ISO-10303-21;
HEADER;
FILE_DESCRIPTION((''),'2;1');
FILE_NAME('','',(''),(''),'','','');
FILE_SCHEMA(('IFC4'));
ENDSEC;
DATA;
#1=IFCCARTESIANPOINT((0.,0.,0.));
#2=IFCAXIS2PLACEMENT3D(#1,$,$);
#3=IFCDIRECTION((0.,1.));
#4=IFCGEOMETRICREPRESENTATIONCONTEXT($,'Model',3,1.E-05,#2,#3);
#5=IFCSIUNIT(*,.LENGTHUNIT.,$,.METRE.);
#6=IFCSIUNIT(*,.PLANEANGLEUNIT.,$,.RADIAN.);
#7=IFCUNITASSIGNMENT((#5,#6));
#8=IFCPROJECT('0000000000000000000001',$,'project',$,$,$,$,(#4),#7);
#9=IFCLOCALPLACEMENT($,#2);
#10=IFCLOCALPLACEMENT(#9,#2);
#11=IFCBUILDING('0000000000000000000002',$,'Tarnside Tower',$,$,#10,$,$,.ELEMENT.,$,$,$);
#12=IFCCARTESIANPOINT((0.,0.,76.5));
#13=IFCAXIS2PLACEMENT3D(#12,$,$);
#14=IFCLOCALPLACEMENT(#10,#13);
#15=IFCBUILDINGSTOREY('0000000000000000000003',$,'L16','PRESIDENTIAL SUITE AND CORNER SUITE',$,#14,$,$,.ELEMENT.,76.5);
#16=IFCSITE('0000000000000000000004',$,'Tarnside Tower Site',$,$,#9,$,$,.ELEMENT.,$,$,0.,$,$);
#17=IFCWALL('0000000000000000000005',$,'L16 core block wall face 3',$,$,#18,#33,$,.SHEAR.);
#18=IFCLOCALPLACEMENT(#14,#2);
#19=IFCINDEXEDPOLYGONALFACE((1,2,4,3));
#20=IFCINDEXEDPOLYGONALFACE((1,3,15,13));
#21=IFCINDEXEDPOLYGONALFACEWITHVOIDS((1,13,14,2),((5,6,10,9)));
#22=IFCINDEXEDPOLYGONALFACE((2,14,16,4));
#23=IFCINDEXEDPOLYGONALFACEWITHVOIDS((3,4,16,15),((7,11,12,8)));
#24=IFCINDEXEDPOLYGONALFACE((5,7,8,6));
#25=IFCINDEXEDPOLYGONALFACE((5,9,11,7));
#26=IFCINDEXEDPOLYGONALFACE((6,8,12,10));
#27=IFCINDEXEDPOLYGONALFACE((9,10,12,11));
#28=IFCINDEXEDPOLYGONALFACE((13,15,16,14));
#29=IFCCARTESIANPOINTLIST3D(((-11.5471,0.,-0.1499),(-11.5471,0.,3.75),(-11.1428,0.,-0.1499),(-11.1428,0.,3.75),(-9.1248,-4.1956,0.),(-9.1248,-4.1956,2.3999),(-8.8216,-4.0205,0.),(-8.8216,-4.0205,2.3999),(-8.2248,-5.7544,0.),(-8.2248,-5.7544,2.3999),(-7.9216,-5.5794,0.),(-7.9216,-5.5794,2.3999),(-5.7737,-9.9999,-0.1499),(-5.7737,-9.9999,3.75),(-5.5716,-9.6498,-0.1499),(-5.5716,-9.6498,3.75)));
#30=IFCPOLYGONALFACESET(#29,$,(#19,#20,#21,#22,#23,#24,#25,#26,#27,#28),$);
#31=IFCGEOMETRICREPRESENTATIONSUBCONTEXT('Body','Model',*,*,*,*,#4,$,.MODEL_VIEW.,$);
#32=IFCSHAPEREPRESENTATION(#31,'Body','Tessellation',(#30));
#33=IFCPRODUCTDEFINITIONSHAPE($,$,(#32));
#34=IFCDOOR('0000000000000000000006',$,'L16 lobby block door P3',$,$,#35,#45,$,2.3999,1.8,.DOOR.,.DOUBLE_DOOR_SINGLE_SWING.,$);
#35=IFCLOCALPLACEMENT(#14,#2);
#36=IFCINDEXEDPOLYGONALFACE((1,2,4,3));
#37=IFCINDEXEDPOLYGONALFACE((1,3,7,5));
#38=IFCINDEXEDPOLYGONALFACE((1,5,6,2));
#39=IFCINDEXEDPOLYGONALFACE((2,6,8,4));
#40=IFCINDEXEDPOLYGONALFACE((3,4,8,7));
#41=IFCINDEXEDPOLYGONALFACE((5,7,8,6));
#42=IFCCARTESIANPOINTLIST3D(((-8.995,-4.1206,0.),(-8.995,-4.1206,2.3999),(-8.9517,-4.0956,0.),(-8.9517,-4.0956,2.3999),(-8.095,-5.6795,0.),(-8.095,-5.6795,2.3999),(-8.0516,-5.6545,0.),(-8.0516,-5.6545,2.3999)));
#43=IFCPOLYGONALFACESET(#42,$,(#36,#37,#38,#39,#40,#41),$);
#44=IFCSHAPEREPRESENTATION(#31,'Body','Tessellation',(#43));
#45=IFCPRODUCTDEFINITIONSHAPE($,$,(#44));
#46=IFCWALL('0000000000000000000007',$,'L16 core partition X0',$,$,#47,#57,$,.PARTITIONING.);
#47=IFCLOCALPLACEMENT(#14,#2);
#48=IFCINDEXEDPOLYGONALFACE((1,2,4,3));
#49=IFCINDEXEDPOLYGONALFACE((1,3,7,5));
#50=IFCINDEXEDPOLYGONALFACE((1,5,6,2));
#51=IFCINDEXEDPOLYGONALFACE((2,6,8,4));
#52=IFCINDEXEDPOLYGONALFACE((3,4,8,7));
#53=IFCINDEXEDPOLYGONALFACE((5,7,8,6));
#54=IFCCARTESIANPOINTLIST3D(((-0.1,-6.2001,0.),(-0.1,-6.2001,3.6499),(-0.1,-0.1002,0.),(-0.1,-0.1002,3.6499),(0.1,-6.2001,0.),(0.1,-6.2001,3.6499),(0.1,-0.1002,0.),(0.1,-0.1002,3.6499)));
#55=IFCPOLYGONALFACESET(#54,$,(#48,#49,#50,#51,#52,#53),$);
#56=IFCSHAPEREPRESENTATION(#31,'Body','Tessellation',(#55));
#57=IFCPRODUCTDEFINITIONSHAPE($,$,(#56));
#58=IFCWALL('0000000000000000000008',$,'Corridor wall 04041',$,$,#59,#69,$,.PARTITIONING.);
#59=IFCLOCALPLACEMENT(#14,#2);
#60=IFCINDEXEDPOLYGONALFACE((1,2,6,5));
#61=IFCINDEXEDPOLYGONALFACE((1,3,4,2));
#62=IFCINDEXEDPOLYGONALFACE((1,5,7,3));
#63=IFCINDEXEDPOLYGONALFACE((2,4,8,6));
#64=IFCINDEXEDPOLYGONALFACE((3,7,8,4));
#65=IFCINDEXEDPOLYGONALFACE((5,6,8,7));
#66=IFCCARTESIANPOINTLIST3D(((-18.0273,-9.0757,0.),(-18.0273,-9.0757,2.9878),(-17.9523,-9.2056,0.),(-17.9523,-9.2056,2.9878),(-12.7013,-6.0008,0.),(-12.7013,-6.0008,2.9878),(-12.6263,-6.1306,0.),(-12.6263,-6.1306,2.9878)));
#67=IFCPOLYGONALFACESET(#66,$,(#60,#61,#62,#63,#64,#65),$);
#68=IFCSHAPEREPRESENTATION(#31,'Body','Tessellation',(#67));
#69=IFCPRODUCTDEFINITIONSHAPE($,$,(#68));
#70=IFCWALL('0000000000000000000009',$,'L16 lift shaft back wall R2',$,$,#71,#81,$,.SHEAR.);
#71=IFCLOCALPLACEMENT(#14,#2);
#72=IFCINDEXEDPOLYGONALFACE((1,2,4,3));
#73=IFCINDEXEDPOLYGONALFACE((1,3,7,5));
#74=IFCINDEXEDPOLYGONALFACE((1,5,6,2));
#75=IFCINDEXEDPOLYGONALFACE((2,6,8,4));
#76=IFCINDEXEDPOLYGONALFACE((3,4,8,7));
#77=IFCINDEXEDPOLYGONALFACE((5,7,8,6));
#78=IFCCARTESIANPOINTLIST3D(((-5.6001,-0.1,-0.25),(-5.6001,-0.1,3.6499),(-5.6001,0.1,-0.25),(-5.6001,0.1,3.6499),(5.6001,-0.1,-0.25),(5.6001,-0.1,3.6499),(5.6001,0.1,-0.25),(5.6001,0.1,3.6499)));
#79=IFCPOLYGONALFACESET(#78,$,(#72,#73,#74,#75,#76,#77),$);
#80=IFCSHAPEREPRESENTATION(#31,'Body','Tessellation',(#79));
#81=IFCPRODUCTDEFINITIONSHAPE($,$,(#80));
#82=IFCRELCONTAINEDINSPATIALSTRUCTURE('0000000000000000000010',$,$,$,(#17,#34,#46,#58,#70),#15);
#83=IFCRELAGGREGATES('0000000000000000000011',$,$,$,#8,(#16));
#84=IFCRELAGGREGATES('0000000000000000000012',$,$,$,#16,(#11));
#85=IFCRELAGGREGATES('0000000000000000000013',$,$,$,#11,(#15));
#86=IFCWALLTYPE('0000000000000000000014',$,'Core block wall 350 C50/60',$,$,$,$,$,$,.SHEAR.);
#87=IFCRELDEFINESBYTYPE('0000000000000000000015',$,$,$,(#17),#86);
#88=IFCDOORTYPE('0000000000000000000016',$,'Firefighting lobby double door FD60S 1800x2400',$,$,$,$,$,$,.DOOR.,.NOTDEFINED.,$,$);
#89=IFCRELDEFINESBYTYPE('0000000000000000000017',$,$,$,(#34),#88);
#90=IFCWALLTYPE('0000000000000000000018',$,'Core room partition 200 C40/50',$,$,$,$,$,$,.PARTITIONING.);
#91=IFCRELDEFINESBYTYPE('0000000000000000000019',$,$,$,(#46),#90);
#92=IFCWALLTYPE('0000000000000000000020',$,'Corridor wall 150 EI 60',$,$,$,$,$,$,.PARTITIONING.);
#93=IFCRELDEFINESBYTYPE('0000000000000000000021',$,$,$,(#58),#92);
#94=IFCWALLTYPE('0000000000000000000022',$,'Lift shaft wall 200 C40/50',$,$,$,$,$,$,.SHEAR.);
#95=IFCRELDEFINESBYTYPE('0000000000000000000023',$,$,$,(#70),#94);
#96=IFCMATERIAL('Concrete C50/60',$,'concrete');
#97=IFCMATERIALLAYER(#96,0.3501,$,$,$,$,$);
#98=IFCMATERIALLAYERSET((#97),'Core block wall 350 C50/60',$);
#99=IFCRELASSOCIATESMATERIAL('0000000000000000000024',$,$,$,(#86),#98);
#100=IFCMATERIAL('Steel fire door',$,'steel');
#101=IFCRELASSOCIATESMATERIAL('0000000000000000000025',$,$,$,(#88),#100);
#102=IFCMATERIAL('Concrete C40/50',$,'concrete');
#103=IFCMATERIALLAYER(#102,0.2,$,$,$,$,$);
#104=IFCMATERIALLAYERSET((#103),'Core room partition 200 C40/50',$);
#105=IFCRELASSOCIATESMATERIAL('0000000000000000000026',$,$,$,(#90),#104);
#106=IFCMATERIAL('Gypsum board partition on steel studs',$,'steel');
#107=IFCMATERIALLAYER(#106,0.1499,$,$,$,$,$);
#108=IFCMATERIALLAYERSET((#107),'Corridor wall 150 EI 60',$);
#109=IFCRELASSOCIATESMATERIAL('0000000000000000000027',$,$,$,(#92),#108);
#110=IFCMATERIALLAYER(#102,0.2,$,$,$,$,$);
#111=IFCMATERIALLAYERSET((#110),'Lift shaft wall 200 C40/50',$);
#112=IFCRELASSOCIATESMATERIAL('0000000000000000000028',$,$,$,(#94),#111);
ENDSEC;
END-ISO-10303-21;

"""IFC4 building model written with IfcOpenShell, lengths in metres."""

from ifc_helpers import new_model, si_unit, direction, frame, frame_2d, origin, place, context, subcontext, project, spatial, polyline, rectangle, outline, extrude, material, layer, layer_set, type_object, element, fill, save


model = new_model("IFC4")

# Units and contexts
model_context = context("Model", 3, precision=1e-05, world=origin(), true_north=direction((0.0, 1.0)))
body_context = subcontext(model_context, "Body", "Model", "MODEL_VIEW")
ifc_project = project(units=[si_unit("LENGTHUNIT", "METRE"), si_unit("PLANEANGLEUNIT", "RADIAN")], contexts=[model_context])

# Site, building, storey
site_placement = place(None, origin())
site = spatial("IfcSite", under=ifc_project, at=site_placement, Name="Tarnside Tower Site", CompositionType="ELEMENT", RefElevation=0.0)
building_placement = place(site_placement, origin())
building = spatial("IfcBuilding", under=site, at=building_placement, Name="Tarnside Tower", CompositionType="ELEMENT")
storey_placement = place(building_placement, frame((0.0, 0.0, 76.5)))
storey = spatial("IfcBuildingStorey", under=building, at=storey_placement, Name="L16", Description="PRESIDENTIAL SUITE AND CORNER SUITE", CompositionType="ELEMENT", Elevation=76.5)

# Wall, opening, door
ifc_material_1 = material(Name="Concrete C50/60", Category="concrete")
ifc_layer_1 = layer(ifc_material_1, 0.3501)
ifc_layer_set_1 = layer_set([ifc_layer_1], Name="Core block wall 350 C50/60")
wall_type_1 = type_object("IfcWallType", Name="Core block wall 350 C50/60", PredefinedType="SHEAR", material=ifc_layer_set_1)
wall_1_placement = place(storey_placement, frame((-11.345, 0.0, -0.1499), z_axis=(0.0, 0.0, 1.0), x_axis=(0.499995, -0.866028, 0.0)))
wall_1 = element("IfcWall", 1, at=wall_1_placement, inside=storey, type_object=wall_type_1, Name="L16 core block wall face 3", PredefinedType="SHEAR", context=body_context, shape_type="SweptSolid", body=[
    extrude(outline(polyline([(-0.1011, -0.175), (11.4458, -0.175), (11.2437, 0.175), (0.1011, 0.175), (-0.1011, -0.175)])), origin(), (0.0, 0.0, 1.0), 3.8999),
])
opening_1_placement = place(wall_1_placement, frame((4.7437, 0.0, 0.1499)))
opening_1 = element("IfcOpeningElement", 2, at=opening_1_placement, cuts=wall_1, PredefinedType="OPENING", context=body_context, shape_type="SweptSolid", body=[
    extrude(rectangle(XDim=1.8, YDim=2.3999, at=frame_2d((0.8999, 1.2))), frame((0.0, 0.1851, 0.0), z_axis=(0.0, -1.0, 0.0), x_axis=(1.0, 0.0, 0.0)), (0.0, 0.0, 1.0), 0.3701),
])
ifc_material_2 = material(Name="Steel fire door", Category="steel")
door_type_1 = type_object("IfcDoorType", Name="Firefighting lobby double door FD60S 1800x2400", OperationType="NOTDEFINED", PredefinedType="DOOR", material=ifc_material_2)
door_1_placement = place(opening_1_placement, origin())
door_1 = element("IfcDoor", 3, at=door_1_placement, inside=storey, type_object=door_type_1, Name="L16 lobby block door P3", OperationType="DOUBLE_DOOR_SINGLE_SWING", OverallHeight=2.3999, OverallWidth=1.8, PredefinedType="DOOR", context=body_context, shape_type="SweptSolid", body=[
    extrude(rectangle(XDim=1.8, YDim=2.3999, at=frame_2d((0.8999, 1.2))), frame((0.0, 0.0249, 0.0), z_axis=(0.0, -1.0, 0.0), x_axis=(1.0, 0.0, 0.0)), (0.0, 0.0, 1.0), 0.05),
])
fill(opening_1, door_1)

# Walls
ifc_material_3 = material(Name="Concrete C40/50", Category="concrete")
ifc_layer_2 = layer(ifc_material_3, 0.2)
ifc_layer_set_2 = layer_set([ifc_layer_2], Name="Core room partition 200 C40/50")
wall_type_2 = type_object("IfcWallType", Name="Core room partition 200 C40/50", PredefinedType="PARTITIONING", material=ifc_layer_set_2)
wall_2_placement = place(storey_placement, frame((0.0, -6.2, 0.0), z_axis=(0.0, 0.0, 1.0), x_axis=(0.0, 1.0, 0.0)))
element("IfcWall", 4, at=wall_2_placement, inside=storey, type_object=wall_type_2, Name="L16 core partition X0", PredefinedType="PARTITIONING", context=body_context, shape_type="SweptSolid", body=[
    extrude(rectangle(XDim=6.0999, YDim=0.2, at=frame_2d((3.0498, 0.0))), origin(), (0.0, 0.0, 1.0), 3.6499),
])
ifc_material_4 = material(Name="Gypsum board partition on steel studs", Category="steel")
ifc_layer_3 = layer(ifc_material_4, 0.1499)
ifc_layer_set_3 = layer_set([ifc_layer_3], Name="Corridor wall 150 EI 60")
wall_type_3 = type_object("IfcWallType", Name="Corridor wall 150 EI 60", PredefinedType="PARTITIONING", material=ifc_layer_set_3)
wall_3_placement = place(storey_placement, frame((-12.6638, -6.0657, 0.0), z_axis=(0.0, 0.0, 1.0), x_axis=(-0.866024, -0.500003, 0.0)))
element("IfcWall", 5, at=wall_3_placement, inside=storey, type_object=wall_type_3, Name="Corridor wall 04041", PredefinedType="PARTITIONING", context=body_context, shape_type="SweptSolid", body=[
    extrude(rectangle(XDim=6.1499, YDim=0.1499, at=frame_2d((3.075, 0.0))), origin(), (0.0, 0.0, 1.0), 2.9878),
])
ifc_layer_4 = layer(ifc_material_3, 0.2)
ifc_layer_set_4 = layer_set([ifc_layer_4], Name="Lift shaft wall 200 C40/50")
wall_type_4 = type_object("IfcWallType", Name="Lift shaft wall 200 C40/50", PredefinedType="SHEAR", material=ifc_layer_set_4)
wall_4_placement = place(storey_placement, frame((-5.6001, 0.0, -0.25), z_axis=(0.0, 0.0, 1.0), x_axis=(1.0, 0.0, 0.0)))
element("IfcWall", 6, at=wall_4_placement, inside=storey, type_object=wall_type_4, Name="L16 lift shaft back wall R2", PredefinedType="SHEAR", context=body_context, shape_type="SweptSolid", body=[
    extrude(rectangle(XDim=11.2002, YDim=0.2, at=frame_2d((5.6001, 0.0))), origin(), (0.0, 0.0, 1.0), 3.8999),
])

save(model, "model.ifc")
